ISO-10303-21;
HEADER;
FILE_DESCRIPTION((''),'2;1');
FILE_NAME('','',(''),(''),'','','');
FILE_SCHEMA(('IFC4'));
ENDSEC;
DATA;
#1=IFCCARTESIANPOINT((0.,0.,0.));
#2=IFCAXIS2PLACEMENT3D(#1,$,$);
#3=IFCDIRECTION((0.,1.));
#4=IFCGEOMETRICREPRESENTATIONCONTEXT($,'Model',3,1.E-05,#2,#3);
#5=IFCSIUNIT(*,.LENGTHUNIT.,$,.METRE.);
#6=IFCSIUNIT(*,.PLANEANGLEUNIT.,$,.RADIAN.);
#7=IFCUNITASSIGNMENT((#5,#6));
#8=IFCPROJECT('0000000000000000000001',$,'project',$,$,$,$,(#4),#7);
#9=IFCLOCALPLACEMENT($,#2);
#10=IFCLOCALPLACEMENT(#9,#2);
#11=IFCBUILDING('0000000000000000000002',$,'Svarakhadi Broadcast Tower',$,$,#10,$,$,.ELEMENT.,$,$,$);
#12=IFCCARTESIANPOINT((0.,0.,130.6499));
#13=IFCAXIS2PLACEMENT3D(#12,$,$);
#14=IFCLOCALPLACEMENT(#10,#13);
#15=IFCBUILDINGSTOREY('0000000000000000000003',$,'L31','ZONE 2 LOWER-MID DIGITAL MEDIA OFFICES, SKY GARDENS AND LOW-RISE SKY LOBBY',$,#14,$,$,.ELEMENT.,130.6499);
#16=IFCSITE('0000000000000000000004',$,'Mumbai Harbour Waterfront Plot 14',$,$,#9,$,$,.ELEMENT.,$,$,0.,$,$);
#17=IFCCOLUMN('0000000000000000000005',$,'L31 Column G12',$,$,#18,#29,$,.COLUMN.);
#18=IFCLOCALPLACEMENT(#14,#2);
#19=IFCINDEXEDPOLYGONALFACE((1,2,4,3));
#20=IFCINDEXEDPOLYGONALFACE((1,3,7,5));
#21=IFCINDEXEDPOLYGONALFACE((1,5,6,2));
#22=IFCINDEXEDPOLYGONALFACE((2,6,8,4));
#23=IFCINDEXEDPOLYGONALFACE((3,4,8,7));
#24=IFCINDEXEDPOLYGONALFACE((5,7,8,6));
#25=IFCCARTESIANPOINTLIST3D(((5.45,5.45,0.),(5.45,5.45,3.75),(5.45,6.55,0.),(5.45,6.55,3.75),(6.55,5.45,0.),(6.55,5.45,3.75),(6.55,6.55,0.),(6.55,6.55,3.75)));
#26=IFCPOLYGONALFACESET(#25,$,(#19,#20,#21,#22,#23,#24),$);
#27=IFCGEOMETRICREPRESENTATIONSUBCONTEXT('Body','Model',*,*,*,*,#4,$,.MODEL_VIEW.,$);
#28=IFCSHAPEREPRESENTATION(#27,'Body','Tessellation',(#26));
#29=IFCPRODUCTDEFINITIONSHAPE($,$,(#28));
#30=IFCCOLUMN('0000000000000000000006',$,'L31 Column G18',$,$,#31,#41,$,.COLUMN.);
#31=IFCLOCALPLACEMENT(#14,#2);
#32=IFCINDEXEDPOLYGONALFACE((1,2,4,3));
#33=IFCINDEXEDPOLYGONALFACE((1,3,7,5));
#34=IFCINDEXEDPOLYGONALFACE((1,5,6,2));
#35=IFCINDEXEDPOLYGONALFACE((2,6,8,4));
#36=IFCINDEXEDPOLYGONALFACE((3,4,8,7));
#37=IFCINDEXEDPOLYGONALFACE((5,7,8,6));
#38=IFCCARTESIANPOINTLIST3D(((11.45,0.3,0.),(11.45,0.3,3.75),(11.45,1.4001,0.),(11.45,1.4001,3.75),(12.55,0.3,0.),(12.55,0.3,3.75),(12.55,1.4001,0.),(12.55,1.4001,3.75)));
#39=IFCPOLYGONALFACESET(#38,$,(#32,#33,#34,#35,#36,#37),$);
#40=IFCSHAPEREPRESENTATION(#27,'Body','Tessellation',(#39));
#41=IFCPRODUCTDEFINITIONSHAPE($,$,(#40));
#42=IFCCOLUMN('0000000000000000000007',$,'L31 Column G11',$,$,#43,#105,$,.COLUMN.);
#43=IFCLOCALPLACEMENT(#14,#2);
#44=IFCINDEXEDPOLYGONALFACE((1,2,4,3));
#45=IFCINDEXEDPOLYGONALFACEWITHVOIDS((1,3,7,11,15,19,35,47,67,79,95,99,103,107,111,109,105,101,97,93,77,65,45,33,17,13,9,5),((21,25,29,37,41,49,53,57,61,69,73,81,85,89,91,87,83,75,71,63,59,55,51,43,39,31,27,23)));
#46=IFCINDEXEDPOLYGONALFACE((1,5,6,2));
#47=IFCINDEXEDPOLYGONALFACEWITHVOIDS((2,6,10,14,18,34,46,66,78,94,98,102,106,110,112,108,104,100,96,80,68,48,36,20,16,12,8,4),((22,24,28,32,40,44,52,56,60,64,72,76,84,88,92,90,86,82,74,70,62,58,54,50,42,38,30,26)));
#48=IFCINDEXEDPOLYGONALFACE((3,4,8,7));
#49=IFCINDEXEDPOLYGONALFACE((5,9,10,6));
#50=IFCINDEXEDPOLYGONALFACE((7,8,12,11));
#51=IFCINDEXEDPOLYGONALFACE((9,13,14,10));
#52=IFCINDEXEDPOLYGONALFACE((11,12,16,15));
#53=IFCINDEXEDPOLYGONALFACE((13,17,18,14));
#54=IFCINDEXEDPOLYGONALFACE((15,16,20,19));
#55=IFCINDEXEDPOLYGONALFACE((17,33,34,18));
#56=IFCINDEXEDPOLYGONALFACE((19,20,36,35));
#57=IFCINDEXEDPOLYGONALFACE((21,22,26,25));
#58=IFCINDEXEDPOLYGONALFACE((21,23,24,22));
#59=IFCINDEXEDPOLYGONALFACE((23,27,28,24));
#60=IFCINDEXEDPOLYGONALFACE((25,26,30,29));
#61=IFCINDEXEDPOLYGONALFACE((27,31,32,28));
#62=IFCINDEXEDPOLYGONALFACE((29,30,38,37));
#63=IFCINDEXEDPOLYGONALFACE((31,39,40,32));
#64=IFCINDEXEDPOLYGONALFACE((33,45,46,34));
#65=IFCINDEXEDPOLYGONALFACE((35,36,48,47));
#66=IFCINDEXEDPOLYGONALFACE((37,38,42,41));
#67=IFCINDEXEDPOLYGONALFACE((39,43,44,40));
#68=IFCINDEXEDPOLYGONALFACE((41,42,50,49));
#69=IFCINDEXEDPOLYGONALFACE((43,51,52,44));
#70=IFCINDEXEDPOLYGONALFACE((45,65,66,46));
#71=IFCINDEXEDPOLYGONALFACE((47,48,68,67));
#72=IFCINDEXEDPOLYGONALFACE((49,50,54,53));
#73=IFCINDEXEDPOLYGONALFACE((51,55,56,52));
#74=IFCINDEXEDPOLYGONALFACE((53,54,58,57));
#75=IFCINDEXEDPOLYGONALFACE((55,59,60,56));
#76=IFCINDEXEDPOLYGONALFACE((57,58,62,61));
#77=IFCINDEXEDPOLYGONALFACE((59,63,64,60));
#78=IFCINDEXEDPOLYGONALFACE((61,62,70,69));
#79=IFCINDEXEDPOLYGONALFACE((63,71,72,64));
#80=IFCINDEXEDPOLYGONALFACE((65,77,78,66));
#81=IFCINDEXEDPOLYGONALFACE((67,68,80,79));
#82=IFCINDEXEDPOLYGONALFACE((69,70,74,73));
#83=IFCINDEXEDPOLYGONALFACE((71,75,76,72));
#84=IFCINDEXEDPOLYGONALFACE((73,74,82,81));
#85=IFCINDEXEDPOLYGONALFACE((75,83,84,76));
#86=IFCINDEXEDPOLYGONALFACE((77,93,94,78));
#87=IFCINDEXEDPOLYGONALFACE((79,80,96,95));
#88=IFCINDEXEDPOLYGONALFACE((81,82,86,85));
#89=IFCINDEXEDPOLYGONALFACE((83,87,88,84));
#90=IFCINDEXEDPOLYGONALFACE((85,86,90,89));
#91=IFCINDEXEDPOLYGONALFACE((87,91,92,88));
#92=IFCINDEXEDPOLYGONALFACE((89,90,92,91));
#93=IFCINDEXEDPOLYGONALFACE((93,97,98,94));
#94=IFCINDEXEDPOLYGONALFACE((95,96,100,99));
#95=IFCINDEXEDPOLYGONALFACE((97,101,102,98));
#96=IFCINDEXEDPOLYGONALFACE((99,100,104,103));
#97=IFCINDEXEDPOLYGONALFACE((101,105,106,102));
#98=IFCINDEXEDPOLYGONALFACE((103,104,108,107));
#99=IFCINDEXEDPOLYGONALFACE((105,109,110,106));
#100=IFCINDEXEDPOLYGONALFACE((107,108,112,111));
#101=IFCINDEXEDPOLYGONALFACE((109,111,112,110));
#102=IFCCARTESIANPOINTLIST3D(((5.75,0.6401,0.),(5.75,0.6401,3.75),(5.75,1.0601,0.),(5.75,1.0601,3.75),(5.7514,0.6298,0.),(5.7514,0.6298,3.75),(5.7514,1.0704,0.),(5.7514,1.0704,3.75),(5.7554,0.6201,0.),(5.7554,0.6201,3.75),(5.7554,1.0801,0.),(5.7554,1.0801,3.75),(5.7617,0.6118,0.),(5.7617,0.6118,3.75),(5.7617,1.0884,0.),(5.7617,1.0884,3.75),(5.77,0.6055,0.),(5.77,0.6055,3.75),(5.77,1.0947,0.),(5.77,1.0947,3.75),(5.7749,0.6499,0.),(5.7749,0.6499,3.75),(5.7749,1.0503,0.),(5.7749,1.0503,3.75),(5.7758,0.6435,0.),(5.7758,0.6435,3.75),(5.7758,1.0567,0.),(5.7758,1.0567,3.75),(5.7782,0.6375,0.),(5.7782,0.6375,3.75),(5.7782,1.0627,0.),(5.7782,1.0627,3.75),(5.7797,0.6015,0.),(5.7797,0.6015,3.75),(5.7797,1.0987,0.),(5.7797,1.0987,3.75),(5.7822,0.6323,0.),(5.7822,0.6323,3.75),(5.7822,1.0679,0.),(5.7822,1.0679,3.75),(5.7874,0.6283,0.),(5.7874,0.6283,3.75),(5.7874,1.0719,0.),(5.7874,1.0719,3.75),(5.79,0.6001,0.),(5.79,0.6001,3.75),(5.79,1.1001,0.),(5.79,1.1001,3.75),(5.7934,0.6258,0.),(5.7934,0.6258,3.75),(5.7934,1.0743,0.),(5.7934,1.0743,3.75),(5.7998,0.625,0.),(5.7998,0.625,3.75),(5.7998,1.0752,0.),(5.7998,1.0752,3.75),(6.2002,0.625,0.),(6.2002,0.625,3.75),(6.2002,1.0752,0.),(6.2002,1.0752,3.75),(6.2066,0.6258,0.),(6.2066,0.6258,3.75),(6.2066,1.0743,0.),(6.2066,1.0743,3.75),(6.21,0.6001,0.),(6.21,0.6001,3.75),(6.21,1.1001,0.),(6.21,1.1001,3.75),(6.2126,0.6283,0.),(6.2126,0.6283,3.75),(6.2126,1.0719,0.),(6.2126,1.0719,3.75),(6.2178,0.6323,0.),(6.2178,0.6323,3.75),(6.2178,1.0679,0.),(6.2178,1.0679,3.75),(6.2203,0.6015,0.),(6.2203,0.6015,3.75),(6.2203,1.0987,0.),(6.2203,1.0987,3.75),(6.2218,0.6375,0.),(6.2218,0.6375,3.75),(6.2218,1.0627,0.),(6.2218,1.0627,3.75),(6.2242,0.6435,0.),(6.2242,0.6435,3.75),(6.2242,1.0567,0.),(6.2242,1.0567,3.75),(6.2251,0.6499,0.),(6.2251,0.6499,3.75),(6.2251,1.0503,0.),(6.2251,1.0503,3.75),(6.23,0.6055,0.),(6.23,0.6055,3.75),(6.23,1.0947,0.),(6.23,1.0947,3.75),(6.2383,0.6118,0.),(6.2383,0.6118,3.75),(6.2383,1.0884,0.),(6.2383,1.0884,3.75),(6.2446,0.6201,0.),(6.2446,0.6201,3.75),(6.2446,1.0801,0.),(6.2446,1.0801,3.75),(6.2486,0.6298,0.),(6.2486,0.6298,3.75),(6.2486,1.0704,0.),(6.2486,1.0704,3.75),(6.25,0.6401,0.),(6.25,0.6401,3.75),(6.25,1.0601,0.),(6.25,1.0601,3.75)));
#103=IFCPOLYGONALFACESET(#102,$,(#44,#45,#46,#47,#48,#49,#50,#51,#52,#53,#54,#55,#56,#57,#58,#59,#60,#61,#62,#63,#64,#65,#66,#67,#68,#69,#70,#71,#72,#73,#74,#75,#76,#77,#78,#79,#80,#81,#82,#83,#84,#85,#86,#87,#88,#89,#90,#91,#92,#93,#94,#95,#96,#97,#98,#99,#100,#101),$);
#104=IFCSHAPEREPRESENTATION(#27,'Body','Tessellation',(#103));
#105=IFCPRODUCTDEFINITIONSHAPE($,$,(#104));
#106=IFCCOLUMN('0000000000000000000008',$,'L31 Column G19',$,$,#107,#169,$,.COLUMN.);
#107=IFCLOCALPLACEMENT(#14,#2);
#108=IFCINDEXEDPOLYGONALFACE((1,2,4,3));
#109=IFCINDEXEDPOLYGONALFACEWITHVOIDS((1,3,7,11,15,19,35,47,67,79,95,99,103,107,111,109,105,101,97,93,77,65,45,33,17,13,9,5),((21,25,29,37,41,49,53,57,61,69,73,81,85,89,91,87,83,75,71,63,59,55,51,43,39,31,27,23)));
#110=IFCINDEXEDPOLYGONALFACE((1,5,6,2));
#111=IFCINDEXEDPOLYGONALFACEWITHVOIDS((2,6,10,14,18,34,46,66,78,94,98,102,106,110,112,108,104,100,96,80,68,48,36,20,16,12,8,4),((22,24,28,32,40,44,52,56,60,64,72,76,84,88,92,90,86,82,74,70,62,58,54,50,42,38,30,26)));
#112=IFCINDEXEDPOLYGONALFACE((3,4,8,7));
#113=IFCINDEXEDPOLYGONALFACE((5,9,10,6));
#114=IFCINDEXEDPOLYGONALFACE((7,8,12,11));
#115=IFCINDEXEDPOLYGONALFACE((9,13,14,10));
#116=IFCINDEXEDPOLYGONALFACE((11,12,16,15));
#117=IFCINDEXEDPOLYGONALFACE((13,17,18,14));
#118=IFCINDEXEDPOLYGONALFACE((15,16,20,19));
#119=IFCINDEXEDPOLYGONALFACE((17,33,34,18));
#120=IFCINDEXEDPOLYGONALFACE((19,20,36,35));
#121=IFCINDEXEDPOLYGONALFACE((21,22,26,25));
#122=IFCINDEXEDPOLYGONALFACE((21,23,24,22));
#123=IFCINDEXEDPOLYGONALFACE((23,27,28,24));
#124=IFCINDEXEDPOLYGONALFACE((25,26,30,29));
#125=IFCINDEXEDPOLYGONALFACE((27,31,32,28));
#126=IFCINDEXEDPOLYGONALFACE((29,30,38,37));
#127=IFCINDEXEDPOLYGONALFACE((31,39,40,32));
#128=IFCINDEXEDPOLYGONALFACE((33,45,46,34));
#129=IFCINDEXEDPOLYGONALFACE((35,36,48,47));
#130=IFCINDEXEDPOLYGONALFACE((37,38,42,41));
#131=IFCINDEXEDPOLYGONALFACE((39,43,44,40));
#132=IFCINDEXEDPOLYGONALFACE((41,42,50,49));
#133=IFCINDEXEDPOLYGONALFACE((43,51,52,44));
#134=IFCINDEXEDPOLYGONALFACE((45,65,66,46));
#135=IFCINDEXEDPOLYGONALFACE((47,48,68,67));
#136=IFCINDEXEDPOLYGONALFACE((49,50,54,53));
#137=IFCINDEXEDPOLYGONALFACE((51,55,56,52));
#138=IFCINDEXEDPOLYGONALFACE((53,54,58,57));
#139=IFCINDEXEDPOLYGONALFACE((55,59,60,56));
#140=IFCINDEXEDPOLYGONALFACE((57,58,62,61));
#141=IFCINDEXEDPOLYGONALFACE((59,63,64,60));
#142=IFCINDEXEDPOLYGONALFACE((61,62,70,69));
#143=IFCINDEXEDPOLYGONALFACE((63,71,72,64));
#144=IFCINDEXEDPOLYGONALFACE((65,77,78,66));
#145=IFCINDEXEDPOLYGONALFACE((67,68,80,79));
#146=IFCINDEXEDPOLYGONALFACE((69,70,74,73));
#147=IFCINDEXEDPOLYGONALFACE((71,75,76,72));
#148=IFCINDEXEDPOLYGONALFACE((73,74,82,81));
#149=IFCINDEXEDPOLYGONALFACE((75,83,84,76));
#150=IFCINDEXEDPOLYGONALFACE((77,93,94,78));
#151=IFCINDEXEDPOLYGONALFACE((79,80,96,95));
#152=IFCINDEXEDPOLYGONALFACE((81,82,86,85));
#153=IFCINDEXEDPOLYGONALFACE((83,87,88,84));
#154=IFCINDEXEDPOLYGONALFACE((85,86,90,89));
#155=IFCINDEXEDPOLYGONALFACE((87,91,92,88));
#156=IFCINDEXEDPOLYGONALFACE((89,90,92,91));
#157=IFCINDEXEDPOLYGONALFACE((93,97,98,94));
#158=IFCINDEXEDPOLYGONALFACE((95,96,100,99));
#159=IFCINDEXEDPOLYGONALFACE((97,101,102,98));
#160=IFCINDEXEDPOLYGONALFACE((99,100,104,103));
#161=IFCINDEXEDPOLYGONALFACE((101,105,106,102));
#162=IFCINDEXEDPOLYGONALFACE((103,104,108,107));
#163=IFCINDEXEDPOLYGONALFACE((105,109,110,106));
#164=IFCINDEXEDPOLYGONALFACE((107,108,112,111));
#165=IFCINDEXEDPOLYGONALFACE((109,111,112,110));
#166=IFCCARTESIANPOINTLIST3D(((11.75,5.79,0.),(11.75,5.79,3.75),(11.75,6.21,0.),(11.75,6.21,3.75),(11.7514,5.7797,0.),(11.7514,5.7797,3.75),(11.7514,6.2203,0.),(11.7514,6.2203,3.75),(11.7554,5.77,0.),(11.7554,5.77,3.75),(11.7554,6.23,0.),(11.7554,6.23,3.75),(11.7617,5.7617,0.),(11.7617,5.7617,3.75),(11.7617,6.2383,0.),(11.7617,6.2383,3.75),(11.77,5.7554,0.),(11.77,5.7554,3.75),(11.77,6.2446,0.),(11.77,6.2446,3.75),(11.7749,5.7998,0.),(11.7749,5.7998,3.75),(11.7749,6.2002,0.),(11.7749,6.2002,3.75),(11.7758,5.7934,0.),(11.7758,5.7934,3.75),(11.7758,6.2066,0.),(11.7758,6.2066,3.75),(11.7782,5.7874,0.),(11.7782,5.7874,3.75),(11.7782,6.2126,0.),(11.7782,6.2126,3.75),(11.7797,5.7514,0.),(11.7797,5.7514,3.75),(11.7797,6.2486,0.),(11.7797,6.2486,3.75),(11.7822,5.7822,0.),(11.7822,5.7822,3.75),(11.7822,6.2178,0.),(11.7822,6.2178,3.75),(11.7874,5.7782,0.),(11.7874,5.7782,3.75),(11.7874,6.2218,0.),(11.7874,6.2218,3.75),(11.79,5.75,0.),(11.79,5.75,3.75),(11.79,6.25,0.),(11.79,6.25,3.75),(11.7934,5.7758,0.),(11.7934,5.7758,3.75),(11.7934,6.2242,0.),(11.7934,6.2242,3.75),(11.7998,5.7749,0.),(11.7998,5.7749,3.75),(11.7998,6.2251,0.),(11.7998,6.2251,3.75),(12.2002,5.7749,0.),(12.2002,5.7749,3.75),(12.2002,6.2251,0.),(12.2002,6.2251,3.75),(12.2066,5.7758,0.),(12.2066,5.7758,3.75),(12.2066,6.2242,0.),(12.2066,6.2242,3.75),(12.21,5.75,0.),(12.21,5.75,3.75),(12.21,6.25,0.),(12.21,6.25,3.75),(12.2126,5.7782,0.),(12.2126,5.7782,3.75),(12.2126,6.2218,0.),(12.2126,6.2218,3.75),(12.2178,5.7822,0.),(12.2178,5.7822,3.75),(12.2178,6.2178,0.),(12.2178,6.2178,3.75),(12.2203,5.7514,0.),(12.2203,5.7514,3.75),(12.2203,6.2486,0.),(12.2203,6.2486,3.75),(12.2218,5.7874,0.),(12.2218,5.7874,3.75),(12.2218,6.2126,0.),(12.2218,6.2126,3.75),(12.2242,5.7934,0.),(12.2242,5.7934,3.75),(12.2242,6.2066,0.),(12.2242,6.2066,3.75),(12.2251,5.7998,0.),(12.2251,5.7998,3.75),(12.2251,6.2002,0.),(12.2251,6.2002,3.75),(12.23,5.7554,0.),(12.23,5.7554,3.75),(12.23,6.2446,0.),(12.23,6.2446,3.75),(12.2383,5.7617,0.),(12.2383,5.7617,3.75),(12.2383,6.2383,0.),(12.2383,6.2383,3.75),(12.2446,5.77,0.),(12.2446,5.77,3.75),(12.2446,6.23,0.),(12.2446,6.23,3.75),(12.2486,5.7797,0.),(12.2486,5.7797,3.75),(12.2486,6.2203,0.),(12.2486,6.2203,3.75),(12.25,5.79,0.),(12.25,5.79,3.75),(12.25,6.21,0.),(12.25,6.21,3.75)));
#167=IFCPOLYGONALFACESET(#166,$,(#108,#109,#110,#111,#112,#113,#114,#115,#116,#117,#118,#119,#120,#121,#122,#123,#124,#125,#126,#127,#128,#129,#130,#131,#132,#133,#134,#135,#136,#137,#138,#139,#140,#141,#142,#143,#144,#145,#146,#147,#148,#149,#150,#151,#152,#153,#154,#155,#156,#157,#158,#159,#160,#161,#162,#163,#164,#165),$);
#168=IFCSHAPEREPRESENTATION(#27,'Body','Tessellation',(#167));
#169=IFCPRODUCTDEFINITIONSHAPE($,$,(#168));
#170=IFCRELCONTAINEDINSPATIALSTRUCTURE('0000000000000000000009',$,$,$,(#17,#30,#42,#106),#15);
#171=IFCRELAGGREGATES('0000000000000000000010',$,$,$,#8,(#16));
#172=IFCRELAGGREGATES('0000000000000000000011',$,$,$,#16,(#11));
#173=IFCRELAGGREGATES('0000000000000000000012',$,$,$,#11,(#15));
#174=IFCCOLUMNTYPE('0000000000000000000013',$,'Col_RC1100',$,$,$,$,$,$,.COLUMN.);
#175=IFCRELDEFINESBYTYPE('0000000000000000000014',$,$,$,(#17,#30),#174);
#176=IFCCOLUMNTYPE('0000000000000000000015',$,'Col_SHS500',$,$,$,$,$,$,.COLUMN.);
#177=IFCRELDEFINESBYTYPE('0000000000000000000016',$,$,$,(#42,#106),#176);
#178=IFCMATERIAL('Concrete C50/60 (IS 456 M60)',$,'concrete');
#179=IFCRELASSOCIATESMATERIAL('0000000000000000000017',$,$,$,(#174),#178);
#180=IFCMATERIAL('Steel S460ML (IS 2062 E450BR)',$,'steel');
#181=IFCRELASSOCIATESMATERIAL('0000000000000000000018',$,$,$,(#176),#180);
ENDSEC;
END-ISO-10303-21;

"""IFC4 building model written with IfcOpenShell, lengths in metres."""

from ifc_helpers import new_model, si_unit, direction, frame, origin, origin_2d, place, context, subcontext, project, spatial, rectangle, hollow_rectangle, extrude, material, material_profile, profile_set, type_object, element, save


model = new_model("IFC4")

# Units and contexts
model_context = context("Model", 3, precision=1e-05, world=origin(), true_north=direction((0.0, 1.0)))
body_context = subcontext(model_context, "Body", "Model", "MODEL_VIEW")
ifc_project = project(units=[si_unit("LENGTHUNIT", "METRE"), si_unit("PLANEANGLEUNIT", "RADIAN")], contexts=[model_context])

# Site, building, storey
site_placement = place(None, origin())
site = spatial("IfcSite", under=ifc_project, at=site_placement, Name="Mumbai Harbour Waterfront Plot 14", CompositionType="ELEMENT", RefElevation=0.0)
building_placement = place(site_placement, origin())
building = spatial("IfcBuilding", under=site, at=building_placement, Name="Svarakhadi Broadcast Tower", CompositionType="ELEMENT")
storey_placement = place(building_placement, frame((0.0, 0.0, 130.6499)))
storey = spatial("IfcBuildingStorey", under=building, at=storey_placement, Name="L31", Description="ZONE 2 LOWER-MID DIGITAL MEDIA OFFICES, SKY GARDENS AND LOW-RISE SKY LOBBY", CompositionType="ELEMENT", Elevation=130.6499)

# Columns
ifc_material_1 = material(Name="Concrete C50/60 (IS 456 M60)", Category="concrete")
ifc_material_profile_1 = material_profile(ifc_material_1, rectangle(XDim=1.1001, YDim=1.1001, at=origin_2d()), Name="RC 1100x1100")
ifc_profile_set_1 = profile_set([ifc_material_profile_1], Name="Concrete C50/60 (IS 456 M60)")
column_type_1 = type_object("IfcColumnType", Name="Col_RC1100", PredefinedType="COLUMN", material=ifc_profile_set_1)
for number, where, z_axis, x_axis, name in (
    (1, (6.0, 6.0, 0.0), (0.0, 0.0, 1.0), (1.0, 0.0, 0.0), "L31 Column G12"),
    (2, (12.0, 0.8501, 0.0), (0.0, 0.0, 1.0), (1.0, 0.0, 0.0), "L31 Column G18"),
):
    element("IfcColumn", number, at=place(storey_placement, frame(where, z_axis=z_axis, x_axis=x_axis)), inside=storey, type_object=column_type_1, Name=name, PredefinedType="COLUMN", context=body_context, shape_type="SweptSolid", body=[
        extrude(rectangle(XDim=1.1001, YDim=1.1001, at=origin_2d()), origin(), (0.0, 0.0, 1.0), 3.75),
    ])
ifc_material_2 = material(Name="Steel S460ML (IS 2062 E450BR)", Category="steel")
ifc_material_profile_2 = material_profile(ifc_material_2, hollow_rectangle(XDim=0.5, YDim=0.5, WallThickness=0.0249, InnerFilletRadius=0.0249, OuterFilletRadius=0.04, at=origin_2d()), Name="SHS 500x500x25")
ifc_profile_set_2 = profile_set([ifc_material_profile_2], Name="Steel S460ML (IS 2062 E450BR)")
column_type_2 = type_object("IfcColumnType", Name="Col_SHS500", PredefinedType="COLUMN", material=ifc_profile_set_2)
for number, where, z_axis, x_axis, name in (
    (3, (6.0, 0.8501, 0.0), (0.0, 0.0, 1.0), (1.0, 0.0, 0.0), "L31 Column G11"),
    (4, (12.0, 6.0, 0.0), (0.0, 0.0, 1.0), (1.0, 0.0, 0.0), "L31 Column G19"),
):
    element("IfcColumn", number, at=place(storey_placement, frame(where, z_axis=z_axis, x_axis=x_axis)), inside=storey, type_object=column_type_2, Name=name, PredefinedType="COLUMN", context=body_context, shape_type="SweptSolid", body=[
        extrude(hollow_rectangle(XDim=0.5, YDim=0.5, WallThickness=0.0249, InnerFilletRadius=0.0249, OuterFilletRadius=0.04, at=origin_2d()), origin(), (0.0, 0.0, 1.0), 3.75),
    ])

save(model, "model.ifc")
